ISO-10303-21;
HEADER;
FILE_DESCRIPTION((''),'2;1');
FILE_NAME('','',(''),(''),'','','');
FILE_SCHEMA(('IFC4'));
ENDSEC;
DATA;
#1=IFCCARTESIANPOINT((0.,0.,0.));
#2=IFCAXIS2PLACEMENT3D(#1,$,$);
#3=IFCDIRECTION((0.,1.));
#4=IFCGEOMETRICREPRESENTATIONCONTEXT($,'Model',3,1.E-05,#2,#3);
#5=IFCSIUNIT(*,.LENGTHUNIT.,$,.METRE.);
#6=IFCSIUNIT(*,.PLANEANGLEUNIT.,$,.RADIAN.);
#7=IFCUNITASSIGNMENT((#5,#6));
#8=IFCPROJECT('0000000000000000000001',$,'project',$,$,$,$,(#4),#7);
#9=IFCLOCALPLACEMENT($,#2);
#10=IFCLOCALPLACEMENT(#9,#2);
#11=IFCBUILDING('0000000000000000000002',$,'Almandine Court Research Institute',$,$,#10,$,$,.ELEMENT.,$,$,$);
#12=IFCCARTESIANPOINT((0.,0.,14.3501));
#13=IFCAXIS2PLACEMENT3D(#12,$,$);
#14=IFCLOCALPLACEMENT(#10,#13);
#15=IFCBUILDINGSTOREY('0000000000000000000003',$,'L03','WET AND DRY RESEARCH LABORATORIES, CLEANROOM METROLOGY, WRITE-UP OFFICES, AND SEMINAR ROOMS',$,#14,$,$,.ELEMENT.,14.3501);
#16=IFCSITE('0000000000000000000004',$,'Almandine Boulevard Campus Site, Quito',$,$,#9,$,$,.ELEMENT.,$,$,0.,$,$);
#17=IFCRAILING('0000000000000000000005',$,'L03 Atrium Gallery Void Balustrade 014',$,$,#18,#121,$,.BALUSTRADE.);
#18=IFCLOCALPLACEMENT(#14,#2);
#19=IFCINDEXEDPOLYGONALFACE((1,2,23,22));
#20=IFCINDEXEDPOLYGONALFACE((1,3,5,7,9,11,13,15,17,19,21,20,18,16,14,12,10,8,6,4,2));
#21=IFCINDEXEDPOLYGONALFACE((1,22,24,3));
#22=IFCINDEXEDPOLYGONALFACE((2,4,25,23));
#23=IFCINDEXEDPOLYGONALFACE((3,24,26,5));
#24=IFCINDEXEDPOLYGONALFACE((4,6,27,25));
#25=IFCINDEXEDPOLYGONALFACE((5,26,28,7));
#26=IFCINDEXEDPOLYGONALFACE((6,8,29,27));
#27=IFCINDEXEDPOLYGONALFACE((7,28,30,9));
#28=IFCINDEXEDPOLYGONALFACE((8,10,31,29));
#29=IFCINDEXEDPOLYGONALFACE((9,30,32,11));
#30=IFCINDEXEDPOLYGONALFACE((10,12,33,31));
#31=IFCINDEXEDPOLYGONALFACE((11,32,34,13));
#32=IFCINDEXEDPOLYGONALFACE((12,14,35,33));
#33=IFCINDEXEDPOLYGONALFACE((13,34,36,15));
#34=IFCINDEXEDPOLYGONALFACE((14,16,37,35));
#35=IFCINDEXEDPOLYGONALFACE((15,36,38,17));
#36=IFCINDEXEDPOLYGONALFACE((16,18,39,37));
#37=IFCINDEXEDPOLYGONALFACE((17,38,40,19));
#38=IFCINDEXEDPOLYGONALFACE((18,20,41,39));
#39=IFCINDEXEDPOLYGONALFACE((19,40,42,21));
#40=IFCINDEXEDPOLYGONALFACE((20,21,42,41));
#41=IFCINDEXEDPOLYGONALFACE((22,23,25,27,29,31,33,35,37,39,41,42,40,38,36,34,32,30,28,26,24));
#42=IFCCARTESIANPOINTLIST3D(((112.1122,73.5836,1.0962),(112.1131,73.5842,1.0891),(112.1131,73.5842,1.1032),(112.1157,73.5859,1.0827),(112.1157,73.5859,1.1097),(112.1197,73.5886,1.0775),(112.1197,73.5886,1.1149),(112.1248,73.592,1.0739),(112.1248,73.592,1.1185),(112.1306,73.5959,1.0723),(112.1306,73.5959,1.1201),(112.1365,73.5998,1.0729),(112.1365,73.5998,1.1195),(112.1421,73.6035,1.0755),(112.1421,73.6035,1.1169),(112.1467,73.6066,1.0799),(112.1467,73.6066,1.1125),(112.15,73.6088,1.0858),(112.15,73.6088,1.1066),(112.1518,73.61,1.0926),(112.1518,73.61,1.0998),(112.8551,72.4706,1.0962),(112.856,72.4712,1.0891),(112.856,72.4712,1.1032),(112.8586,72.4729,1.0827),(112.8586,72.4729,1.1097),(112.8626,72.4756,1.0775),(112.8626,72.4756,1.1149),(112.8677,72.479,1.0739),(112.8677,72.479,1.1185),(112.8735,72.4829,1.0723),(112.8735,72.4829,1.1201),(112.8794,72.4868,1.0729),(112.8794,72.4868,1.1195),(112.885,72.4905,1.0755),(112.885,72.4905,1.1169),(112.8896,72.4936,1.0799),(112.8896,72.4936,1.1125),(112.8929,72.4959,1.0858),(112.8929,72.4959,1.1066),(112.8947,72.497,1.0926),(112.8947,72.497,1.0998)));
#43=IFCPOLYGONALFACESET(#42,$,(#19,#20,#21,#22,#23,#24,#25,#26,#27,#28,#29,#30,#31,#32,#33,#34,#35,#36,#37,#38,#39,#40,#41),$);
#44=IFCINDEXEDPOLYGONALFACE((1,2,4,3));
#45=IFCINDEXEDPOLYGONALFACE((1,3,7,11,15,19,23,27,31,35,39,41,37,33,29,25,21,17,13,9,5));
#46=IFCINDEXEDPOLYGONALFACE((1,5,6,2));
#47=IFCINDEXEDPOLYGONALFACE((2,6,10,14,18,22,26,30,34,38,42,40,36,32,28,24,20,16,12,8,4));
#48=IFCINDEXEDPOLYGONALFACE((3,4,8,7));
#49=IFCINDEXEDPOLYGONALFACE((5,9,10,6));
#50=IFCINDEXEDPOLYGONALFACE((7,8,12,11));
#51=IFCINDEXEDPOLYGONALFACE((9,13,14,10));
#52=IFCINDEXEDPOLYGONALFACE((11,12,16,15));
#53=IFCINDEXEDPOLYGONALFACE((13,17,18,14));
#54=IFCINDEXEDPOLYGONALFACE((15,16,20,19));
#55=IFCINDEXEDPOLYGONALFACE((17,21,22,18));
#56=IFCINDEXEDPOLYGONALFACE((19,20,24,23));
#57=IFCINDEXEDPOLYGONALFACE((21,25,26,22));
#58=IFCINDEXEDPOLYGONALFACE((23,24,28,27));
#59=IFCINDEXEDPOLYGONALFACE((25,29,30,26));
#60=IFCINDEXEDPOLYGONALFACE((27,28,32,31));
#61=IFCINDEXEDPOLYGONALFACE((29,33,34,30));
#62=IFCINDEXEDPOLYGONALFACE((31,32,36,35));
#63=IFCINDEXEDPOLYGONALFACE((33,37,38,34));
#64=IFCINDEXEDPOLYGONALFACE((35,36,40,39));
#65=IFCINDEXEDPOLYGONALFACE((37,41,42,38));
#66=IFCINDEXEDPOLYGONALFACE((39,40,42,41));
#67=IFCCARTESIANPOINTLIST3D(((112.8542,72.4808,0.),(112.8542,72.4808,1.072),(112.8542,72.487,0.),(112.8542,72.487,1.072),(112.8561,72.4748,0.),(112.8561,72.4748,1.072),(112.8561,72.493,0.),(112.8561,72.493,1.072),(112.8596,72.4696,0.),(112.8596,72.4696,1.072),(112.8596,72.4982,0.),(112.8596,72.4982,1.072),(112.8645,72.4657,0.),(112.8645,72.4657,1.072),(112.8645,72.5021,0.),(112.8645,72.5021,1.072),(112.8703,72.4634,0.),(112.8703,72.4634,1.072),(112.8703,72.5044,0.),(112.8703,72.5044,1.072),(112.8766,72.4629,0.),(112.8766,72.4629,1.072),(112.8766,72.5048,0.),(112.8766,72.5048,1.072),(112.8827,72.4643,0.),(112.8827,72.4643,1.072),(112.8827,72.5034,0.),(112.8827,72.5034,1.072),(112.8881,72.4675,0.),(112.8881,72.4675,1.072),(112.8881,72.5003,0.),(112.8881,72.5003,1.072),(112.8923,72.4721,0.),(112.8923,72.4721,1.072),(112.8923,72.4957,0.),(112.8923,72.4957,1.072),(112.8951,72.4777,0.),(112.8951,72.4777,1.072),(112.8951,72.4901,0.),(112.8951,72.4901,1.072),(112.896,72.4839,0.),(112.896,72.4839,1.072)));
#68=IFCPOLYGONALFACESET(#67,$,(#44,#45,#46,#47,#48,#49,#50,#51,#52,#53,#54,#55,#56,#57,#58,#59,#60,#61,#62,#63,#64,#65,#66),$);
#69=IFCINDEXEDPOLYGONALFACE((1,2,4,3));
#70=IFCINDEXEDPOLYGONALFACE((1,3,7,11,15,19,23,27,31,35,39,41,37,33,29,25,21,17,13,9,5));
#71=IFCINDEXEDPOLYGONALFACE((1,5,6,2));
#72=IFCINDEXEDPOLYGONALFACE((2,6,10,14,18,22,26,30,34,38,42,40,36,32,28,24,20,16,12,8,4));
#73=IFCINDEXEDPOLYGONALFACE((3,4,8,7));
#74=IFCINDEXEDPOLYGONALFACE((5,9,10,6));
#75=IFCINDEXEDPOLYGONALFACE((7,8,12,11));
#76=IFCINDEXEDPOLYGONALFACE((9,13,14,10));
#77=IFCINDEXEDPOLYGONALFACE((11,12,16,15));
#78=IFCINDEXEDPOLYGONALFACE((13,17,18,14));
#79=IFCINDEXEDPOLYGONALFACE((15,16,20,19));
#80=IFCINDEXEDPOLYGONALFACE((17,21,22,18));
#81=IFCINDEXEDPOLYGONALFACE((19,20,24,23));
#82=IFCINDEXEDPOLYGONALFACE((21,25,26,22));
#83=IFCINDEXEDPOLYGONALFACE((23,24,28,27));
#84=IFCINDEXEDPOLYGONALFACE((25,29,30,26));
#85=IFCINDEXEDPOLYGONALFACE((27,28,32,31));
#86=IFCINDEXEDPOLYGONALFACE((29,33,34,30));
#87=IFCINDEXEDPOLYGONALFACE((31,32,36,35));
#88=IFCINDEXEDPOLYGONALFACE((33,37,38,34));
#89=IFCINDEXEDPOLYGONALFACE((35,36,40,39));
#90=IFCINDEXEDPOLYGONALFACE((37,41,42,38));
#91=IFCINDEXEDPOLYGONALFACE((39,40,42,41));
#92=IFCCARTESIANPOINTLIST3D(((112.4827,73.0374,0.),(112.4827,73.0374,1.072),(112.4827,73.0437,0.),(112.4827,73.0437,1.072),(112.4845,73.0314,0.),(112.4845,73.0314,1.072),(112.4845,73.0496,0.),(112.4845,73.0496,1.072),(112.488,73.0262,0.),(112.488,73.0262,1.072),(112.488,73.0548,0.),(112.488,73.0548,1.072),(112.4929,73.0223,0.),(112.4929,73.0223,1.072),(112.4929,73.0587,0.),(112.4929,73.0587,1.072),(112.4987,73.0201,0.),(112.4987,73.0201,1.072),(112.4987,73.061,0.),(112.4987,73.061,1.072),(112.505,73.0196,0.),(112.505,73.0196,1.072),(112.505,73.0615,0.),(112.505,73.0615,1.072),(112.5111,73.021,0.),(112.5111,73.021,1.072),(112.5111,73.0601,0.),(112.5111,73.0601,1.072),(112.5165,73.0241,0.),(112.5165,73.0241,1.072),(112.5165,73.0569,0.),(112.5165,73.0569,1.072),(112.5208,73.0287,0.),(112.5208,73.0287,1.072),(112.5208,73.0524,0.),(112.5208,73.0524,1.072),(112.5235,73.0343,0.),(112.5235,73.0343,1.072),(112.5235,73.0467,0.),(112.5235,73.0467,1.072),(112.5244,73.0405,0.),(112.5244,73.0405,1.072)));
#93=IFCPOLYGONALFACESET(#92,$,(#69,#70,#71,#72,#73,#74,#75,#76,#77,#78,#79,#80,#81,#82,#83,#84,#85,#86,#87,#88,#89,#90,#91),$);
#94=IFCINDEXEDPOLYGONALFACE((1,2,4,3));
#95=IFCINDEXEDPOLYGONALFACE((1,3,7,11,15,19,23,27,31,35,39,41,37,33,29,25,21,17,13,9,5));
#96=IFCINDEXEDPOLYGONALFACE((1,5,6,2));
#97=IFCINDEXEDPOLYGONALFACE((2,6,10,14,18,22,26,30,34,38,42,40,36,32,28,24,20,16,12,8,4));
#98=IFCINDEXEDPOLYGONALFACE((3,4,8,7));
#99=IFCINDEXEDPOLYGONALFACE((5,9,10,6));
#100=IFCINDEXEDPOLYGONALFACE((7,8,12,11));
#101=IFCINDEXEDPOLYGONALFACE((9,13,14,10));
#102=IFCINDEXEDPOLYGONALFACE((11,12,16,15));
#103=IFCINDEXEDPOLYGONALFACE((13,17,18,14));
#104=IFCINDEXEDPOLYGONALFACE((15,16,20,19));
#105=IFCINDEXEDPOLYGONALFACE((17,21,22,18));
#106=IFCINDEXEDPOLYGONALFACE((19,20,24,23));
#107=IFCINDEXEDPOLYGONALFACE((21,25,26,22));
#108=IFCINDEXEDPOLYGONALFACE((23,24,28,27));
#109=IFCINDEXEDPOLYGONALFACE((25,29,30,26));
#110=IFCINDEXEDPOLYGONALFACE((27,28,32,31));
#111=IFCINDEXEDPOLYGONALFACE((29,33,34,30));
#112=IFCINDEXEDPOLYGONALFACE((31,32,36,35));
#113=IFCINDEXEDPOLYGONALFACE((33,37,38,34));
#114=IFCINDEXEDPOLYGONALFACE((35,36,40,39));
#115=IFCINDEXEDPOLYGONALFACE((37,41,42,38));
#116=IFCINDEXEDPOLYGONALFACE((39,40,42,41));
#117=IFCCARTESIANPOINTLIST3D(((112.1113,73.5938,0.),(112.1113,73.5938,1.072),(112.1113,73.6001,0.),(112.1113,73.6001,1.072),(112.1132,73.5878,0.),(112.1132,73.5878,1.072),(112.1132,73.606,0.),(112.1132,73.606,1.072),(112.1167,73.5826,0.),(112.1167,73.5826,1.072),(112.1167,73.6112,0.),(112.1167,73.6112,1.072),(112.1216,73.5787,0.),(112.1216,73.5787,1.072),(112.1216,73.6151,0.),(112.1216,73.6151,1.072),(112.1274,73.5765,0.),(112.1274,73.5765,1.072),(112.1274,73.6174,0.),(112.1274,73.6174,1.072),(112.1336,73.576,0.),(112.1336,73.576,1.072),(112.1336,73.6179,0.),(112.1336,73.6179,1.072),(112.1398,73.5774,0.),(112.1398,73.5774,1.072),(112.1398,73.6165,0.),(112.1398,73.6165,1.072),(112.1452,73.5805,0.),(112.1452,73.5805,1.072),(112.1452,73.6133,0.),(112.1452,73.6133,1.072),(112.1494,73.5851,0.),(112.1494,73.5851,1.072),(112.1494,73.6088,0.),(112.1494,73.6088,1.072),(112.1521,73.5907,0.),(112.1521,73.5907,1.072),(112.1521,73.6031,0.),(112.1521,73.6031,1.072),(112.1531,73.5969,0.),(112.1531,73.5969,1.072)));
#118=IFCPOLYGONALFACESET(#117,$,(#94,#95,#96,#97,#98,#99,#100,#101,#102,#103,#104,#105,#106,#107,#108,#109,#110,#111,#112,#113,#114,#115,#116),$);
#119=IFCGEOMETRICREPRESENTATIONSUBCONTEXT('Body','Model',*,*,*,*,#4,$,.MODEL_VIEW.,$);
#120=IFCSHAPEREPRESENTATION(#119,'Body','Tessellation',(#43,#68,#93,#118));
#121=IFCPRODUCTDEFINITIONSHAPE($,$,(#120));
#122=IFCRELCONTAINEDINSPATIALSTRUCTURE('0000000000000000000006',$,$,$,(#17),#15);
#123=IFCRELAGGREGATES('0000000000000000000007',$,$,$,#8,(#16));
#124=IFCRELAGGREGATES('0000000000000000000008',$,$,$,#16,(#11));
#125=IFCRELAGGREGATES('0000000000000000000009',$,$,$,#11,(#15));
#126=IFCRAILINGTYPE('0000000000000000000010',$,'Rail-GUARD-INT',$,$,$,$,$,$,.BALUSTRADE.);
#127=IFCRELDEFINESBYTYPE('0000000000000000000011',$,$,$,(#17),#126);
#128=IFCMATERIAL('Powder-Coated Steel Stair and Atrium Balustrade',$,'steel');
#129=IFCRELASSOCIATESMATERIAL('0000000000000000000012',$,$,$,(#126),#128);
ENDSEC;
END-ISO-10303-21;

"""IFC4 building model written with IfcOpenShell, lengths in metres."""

from ifc_helpers import new_model, si_unit, direction, frame, origin, origin_2d, place, context, subcontext, project, spatial, circle, extrude, material, type_object, element, save


model = new_model("IFC4")

# Units and contexts
model_context = context("Model", 3, precision=1e-05, world=origin(), true_north=direction((0.0, 1.0)))
body_context = subcontext(model_context, "Body", "Model", "MODEL_VIEW")
ifc_project = project(units=[si_unit("LENGTHUNIT", "METRE"), si_unit("PLANEANGLEUNIT", "RADIAN")], contexts=[model_context])

# Site, building, storey
site_placement = place(None, origin())
site = spatial("IfcSite", under=ifc_project, at=site_placement, Name="Almandine Boulevard Campus Site, Quito", CompositionType="ELEMENT", RefElevation=0.0)
building_placement = place(site_placement, origin())
building = spatial("IfcBuilding", under=site, at=building_placement, Name="Almandine Court Research Institute", CompositionType="ELEMENT")
storey_placement = place(building_placement, frame((0.0, 0.0, 14.3501)))
storey = spatial("IfcBuildingStorey", under=building, at=storey_placement, Name="L03", Description="WET AND DRY RESEARCH LABORATORIES, CLEANROOM METROLOGY, WRITE-UP OFFICES, AND SEMINAR ROOMS", CompositionType="ELEMENT", Elevation=14.3501)

# Railing
ifc_material_1 = material(Name="Powder-Coated Steel Stair and Atrium Balustrade", Category="steel")
railing_type = type_object("IfcRailingType", Name="Rail-GUARD-INT", PredefinedType="BALUSTRADE", material=ifc_material_1)
railing_1_placement = place(storey_placement, frame((112.875, 72.4839, 0.0)))
element("IfcRailing", 1, at=railing_1_placement, inside=storey, type_object=railing_type, Name="L03 Atrium Gallery Void Balustrade 014", PredefinedType="BALUSTRADE", context=body_context, shape_type="SweptSolid", body=[
    extrude(circle(Radius=0.0239, at=origin_2d()), frame((0.0, 0.0, 1.0962), z_axis=(-0.555163, 0.831741, 0.0), x_axis=(-0.831741, -0.555163, 0.0)), (0.0, 0.0, 1.0), 1.3381),
    extrude(circle(Radius=0.021, at=origin_2d()), origin(), (0.0, 0.0, 1.0), 1.072),
    extrude(circle(Radius=0.021, at=origin_2d()), frame((-0.3716, 0.5566, 0.0)), (0.0, 0.0, 1.0), 1.072),
    extrude(circle(Radius=0.021, at=origin_2d()), frame((-0.7429, 1.113, 0.0)), (0.0, 0.0, 1.0), 1.072),
])

save(model, "model.ifc")
